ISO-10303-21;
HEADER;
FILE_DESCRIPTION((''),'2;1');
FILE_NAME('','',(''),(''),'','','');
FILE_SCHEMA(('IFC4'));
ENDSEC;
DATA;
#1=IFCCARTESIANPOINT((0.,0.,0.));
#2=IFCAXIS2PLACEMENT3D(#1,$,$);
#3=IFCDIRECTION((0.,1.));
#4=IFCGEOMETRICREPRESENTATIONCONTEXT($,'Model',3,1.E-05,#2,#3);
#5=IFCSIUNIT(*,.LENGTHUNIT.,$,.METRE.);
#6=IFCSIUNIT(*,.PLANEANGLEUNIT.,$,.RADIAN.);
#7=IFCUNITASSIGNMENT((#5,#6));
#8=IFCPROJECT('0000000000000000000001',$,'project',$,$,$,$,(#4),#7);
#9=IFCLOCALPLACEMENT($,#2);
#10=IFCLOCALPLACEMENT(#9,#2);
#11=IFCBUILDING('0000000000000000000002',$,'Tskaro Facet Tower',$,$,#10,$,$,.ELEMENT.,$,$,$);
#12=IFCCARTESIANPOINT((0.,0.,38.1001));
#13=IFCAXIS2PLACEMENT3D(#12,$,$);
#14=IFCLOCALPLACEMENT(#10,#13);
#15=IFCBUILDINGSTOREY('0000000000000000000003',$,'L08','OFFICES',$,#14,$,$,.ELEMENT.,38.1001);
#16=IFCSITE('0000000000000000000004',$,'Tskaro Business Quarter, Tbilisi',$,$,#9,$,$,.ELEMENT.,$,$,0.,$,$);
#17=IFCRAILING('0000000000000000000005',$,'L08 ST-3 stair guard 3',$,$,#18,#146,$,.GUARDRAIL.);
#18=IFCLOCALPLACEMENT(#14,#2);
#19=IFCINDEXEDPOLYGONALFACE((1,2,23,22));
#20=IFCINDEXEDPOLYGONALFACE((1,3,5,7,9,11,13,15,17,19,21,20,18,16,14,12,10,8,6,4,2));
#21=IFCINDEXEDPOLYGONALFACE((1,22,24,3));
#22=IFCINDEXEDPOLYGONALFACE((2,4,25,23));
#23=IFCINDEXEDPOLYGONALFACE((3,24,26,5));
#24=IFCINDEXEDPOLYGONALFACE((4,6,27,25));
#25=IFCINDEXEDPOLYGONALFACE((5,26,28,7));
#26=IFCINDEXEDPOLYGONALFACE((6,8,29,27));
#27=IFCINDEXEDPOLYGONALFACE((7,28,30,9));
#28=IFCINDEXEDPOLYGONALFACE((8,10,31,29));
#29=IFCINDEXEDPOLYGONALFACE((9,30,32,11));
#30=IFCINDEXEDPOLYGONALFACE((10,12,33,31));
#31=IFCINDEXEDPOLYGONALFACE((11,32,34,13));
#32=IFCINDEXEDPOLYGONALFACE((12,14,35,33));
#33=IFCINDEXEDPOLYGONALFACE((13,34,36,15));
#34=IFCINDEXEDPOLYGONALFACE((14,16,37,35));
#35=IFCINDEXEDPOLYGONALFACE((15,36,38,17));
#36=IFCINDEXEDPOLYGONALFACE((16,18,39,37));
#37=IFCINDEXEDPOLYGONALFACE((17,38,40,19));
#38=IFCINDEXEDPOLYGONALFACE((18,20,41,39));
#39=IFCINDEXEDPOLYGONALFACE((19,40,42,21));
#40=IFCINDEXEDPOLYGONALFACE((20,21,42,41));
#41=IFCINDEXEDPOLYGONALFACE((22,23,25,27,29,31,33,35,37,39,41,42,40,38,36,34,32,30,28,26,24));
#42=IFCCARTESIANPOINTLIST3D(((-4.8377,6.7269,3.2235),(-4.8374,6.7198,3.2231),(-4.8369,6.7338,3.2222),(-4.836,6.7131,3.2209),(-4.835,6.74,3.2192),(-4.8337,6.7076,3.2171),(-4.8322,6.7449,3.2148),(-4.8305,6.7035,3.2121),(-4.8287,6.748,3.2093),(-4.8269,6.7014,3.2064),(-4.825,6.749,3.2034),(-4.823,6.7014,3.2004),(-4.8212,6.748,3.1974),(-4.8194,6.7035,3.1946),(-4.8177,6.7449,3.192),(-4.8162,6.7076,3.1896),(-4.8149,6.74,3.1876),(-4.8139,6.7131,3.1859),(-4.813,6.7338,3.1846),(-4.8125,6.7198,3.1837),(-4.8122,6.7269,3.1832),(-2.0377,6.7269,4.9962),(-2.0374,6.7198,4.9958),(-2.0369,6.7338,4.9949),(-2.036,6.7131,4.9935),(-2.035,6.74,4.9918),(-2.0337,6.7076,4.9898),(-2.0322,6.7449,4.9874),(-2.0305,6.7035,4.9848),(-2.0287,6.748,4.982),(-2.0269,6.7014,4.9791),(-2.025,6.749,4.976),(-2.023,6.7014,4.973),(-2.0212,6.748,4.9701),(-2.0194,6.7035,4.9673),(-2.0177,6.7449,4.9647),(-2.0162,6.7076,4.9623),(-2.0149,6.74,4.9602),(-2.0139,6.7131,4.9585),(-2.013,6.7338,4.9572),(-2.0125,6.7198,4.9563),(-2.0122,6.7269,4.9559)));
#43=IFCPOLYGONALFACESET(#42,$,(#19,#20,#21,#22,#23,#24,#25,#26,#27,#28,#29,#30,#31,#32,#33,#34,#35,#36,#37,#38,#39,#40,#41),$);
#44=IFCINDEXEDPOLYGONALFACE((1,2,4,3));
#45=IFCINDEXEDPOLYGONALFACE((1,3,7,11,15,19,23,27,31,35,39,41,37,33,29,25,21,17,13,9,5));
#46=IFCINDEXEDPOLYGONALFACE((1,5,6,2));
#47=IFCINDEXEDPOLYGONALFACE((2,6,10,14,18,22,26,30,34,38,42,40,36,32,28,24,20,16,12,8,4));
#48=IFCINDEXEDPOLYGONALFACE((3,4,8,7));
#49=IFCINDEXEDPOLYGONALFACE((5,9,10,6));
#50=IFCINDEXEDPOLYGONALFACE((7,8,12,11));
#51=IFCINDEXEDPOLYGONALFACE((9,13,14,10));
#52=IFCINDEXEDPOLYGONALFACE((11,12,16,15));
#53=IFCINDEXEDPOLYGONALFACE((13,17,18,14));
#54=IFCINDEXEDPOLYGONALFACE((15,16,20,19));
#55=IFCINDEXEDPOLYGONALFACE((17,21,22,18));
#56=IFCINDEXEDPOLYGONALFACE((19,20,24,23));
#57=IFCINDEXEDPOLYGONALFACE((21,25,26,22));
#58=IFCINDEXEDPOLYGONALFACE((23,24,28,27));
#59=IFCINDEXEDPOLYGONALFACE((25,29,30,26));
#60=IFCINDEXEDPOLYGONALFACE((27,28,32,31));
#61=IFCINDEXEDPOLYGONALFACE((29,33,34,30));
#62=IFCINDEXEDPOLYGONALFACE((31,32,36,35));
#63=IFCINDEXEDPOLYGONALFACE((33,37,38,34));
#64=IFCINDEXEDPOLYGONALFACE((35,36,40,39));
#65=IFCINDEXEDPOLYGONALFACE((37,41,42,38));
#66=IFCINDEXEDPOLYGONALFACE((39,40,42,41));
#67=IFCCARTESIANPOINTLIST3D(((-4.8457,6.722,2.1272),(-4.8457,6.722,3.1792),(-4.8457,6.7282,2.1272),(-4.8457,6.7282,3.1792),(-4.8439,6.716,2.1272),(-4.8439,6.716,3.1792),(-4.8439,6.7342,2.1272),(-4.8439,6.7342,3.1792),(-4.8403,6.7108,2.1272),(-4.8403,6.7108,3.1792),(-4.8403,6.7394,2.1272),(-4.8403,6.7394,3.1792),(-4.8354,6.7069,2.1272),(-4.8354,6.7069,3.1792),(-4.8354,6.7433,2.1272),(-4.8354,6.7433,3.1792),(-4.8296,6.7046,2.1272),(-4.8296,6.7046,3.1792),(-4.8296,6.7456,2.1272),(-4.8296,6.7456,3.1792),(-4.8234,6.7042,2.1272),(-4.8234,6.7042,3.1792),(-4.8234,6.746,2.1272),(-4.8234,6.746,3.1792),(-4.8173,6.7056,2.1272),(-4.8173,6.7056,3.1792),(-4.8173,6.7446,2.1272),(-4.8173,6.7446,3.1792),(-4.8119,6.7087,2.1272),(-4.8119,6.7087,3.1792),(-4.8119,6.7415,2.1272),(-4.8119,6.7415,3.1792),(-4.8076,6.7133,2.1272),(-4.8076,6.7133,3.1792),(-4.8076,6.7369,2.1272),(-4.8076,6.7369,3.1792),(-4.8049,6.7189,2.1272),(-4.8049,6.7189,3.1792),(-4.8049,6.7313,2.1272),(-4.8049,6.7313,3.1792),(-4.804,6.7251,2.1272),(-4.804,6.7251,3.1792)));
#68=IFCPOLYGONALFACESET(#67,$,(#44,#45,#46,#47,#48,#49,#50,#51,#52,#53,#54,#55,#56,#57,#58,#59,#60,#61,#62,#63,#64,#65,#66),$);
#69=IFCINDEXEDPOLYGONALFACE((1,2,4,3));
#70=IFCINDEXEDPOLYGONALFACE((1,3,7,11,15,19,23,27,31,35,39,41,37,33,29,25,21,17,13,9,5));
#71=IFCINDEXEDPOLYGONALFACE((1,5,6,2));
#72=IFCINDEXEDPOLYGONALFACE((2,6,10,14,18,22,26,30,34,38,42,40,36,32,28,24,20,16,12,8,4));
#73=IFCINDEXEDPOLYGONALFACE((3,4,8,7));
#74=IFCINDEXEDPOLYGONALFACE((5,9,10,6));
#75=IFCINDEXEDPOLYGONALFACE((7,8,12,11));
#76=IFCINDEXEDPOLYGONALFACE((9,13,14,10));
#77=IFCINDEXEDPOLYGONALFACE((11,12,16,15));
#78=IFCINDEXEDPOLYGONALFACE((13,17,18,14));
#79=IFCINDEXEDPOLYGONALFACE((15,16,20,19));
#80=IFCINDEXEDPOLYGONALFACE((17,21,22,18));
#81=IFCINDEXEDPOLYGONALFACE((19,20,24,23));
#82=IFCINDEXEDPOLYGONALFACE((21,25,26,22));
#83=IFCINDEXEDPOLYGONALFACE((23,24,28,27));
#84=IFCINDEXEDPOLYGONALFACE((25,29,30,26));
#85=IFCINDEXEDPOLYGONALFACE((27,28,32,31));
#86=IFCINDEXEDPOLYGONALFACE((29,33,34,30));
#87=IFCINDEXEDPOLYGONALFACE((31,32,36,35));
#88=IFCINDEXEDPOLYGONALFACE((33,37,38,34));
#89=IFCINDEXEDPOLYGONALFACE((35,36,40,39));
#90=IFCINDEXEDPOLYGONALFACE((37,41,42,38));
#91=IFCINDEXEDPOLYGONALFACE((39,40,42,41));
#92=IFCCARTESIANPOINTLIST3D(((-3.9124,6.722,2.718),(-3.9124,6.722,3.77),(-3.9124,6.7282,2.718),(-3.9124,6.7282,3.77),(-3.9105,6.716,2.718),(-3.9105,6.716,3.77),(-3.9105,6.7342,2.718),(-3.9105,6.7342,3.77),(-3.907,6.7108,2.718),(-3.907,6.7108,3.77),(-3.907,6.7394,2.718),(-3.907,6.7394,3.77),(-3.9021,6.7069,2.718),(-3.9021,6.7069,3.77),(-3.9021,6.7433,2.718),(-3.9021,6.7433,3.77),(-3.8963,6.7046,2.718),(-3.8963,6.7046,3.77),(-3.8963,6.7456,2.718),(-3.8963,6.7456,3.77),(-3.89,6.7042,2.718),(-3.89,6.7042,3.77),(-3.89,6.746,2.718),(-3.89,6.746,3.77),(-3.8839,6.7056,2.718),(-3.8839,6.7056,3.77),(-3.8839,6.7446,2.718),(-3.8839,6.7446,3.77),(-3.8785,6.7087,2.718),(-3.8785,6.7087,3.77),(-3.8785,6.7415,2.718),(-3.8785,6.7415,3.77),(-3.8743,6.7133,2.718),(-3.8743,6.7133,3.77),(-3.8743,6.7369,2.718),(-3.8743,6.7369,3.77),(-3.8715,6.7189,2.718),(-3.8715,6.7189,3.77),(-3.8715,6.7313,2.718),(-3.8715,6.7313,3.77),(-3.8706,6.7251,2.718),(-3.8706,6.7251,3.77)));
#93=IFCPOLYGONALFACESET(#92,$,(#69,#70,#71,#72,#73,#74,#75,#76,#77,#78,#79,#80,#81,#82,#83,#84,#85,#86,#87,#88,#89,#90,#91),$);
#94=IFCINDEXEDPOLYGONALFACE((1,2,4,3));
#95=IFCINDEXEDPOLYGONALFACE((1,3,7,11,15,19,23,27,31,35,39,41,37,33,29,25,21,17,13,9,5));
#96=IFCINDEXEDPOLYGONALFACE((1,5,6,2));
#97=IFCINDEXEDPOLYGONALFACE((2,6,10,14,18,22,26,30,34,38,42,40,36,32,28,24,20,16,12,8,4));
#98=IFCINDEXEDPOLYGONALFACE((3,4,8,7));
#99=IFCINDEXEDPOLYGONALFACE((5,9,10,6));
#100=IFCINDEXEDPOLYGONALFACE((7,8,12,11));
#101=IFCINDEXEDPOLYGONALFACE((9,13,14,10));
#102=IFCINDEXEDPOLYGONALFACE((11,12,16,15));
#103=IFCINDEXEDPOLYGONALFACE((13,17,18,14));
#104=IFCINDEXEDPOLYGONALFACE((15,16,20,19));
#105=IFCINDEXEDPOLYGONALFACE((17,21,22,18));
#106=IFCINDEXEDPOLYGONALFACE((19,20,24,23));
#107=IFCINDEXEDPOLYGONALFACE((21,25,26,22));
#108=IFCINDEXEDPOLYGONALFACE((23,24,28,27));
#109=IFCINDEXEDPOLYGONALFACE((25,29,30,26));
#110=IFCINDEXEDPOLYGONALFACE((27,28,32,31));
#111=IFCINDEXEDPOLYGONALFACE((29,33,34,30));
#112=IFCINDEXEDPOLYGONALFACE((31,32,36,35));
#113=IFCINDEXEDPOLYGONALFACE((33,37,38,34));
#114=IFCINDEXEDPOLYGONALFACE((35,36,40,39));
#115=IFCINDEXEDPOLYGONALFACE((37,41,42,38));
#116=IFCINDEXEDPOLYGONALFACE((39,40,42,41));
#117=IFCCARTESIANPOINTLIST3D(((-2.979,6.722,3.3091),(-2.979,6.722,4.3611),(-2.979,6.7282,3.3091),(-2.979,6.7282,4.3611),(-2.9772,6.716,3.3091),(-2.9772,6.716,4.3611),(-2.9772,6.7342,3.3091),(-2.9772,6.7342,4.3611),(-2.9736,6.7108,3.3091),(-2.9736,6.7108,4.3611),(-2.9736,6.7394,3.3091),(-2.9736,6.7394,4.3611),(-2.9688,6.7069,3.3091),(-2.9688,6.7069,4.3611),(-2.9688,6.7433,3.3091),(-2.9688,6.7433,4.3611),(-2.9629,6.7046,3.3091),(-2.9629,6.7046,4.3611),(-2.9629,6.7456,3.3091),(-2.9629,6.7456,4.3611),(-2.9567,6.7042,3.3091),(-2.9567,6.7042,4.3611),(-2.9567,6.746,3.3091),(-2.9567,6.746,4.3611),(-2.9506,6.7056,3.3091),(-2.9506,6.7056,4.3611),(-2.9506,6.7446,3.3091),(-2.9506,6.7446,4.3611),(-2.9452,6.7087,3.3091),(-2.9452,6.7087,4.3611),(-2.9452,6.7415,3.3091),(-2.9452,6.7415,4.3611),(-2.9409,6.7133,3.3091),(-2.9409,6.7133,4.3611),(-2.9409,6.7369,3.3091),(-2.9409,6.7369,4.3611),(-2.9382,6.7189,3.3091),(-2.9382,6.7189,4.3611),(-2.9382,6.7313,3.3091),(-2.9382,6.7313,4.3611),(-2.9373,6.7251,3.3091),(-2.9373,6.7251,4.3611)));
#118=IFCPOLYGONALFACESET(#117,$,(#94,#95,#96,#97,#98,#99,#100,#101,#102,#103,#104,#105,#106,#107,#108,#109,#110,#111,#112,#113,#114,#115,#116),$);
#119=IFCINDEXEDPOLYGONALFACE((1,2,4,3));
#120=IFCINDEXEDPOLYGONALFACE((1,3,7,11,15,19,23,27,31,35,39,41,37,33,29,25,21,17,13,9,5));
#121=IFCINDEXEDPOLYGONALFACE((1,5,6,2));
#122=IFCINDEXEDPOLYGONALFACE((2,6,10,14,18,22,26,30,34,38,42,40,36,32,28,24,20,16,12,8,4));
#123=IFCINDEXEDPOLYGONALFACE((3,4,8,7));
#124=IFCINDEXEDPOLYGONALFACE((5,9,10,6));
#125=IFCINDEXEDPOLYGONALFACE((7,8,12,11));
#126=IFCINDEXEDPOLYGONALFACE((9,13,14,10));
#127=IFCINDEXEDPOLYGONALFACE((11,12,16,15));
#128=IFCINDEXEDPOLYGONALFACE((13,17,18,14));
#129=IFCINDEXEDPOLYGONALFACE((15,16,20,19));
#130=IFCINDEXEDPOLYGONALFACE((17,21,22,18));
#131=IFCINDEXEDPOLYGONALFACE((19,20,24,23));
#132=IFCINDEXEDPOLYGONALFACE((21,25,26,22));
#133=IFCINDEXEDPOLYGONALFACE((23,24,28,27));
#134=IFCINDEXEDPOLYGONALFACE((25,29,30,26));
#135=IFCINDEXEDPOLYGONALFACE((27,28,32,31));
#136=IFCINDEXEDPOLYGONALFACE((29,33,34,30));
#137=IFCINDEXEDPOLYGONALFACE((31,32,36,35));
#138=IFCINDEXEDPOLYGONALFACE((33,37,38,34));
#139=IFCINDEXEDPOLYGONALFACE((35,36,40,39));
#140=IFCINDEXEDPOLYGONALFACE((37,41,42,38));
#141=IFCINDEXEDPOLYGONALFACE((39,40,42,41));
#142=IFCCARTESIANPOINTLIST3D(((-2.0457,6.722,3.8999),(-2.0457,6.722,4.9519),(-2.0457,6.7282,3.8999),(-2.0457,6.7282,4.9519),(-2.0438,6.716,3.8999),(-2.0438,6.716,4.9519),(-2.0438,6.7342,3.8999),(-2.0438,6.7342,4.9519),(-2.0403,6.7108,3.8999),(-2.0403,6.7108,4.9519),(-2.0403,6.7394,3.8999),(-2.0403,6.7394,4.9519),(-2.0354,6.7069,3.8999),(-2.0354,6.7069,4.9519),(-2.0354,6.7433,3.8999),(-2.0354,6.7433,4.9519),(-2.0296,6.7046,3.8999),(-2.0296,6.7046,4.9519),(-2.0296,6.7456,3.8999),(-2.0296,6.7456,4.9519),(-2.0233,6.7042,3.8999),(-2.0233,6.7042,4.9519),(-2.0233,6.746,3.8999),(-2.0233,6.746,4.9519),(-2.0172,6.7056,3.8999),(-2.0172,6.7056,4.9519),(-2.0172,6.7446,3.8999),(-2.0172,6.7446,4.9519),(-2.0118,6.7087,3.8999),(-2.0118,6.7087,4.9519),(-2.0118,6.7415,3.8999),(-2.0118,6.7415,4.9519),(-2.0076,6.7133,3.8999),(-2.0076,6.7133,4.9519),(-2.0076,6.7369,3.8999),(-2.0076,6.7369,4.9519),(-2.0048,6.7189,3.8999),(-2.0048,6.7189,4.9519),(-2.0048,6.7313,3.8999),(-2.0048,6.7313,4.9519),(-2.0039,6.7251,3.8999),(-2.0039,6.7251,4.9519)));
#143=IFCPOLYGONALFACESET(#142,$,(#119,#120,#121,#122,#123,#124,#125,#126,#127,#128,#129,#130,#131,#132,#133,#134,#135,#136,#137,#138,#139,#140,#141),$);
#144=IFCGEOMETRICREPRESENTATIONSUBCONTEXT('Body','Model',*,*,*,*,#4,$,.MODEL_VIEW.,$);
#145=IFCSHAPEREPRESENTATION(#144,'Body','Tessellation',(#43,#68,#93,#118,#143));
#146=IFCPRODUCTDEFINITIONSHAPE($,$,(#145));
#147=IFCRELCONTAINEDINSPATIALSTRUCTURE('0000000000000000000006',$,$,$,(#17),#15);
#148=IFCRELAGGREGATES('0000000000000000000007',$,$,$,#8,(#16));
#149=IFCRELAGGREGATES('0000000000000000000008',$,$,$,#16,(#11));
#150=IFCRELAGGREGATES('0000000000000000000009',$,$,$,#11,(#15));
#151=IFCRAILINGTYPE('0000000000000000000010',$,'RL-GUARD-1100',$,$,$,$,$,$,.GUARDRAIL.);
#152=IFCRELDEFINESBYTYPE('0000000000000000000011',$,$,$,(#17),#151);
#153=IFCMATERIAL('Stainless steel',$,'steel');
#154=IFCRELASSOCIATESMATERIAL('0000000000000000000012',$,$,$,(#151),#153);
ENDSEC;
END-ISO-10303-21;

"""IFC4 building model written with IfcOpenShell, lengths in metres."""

from ifc_helpers import new_model, si_unit, direction, frame, origin, origin_2d, place, context, subcontext, project, spatial, circle, extrude, material, type_object, element, save


model = new_model("IFC4")

# Units and contexts
model_context = context("Model", 3, precision=1e-05, world=origin(), true_north=direction((0.0, 1.0)))
body_context = subcontext(model_context, "Body", "Model", "MODEL_VIEW")
ifc_project = project(units=[si_unit("LENGTHUNIT", "METRE"), si_unit("PLANEANGLEUNIT", "RADIAN")], contexts=[model_context])

# Site, building, storey
site_placement = place(None, origin())
site = spatial("IfcSite", under=ifc_project, at=site_placement, Name="Tskaro Business Quarter, Tbilisi", CompositionType="ELEMENT", RefElevation=0.0)
building_placement = place(site_placement, origin())
building = spatial("IfcBuilding", under=site, at=building_placement, Name="Tskaro Facet Tower", CompositionType="ELEMENT")
storey_placement = place(building_placement, frame((0.0, 0.0, 38.1001)))
storey = spatial("IfcBuildingStorey", under=building, at=storey_placement, Name="L08", Description="OFFICES", CompositionType="ELEMENT", Elevation=38.1001)

# Railing
ifc_material_1 = material(Name="Stainless steel", Category="steel")
railing_type_1 = type_object("IfcRailingType", Name="RL-GUARD-1100", PredefinedType="GUARDRAIL", material=ifc_material_1)
railing_1_placement = place(storey_placement, frame((-4.825, 6.7251, 2.1272)))
element("IfcRailing", 1, at=railing_1_placement, inside=storey, type_object=railing_type_1, Name="L08 ST-3 stair guard 3", PredefinedType="GUARDRAIL", context=body_context, shape_type="SweptSolid", body=[
    extrude(circle(Radius=0.0239, at=origin_2d()), frame((0.0, 0.0, 1.0762), z_axis=(0.844909, 0.0, 0.53491), x_axis=(0.0, 1.0, 0.0)), (0.0, 0.0, 1.0), 3.314),
    extrude(circle(Radius=0.021, at=origin_2d()), origin(), (0.0, 0.0, 1.0), 1.052),
    extrude(circle(Radius=0.021, at=origin_2d()), frame((0.9333, 0.0, 0.5908)), (0.0, 0.0, 1.0), 1.052),
    extrude(circle(Radius=0.021, at=origin_2d()), frame((1.8667, 0.0, 1.1819)), (0.0, 0.0, 1.0), 1.052),
    extrude(circle(Radius=0.021, at=origin_2d()), frame((2.8, 0.0, 1.7727)), (0.0, 0.0, 1.0), 1.052),
])

save(model, "model.ifc")
